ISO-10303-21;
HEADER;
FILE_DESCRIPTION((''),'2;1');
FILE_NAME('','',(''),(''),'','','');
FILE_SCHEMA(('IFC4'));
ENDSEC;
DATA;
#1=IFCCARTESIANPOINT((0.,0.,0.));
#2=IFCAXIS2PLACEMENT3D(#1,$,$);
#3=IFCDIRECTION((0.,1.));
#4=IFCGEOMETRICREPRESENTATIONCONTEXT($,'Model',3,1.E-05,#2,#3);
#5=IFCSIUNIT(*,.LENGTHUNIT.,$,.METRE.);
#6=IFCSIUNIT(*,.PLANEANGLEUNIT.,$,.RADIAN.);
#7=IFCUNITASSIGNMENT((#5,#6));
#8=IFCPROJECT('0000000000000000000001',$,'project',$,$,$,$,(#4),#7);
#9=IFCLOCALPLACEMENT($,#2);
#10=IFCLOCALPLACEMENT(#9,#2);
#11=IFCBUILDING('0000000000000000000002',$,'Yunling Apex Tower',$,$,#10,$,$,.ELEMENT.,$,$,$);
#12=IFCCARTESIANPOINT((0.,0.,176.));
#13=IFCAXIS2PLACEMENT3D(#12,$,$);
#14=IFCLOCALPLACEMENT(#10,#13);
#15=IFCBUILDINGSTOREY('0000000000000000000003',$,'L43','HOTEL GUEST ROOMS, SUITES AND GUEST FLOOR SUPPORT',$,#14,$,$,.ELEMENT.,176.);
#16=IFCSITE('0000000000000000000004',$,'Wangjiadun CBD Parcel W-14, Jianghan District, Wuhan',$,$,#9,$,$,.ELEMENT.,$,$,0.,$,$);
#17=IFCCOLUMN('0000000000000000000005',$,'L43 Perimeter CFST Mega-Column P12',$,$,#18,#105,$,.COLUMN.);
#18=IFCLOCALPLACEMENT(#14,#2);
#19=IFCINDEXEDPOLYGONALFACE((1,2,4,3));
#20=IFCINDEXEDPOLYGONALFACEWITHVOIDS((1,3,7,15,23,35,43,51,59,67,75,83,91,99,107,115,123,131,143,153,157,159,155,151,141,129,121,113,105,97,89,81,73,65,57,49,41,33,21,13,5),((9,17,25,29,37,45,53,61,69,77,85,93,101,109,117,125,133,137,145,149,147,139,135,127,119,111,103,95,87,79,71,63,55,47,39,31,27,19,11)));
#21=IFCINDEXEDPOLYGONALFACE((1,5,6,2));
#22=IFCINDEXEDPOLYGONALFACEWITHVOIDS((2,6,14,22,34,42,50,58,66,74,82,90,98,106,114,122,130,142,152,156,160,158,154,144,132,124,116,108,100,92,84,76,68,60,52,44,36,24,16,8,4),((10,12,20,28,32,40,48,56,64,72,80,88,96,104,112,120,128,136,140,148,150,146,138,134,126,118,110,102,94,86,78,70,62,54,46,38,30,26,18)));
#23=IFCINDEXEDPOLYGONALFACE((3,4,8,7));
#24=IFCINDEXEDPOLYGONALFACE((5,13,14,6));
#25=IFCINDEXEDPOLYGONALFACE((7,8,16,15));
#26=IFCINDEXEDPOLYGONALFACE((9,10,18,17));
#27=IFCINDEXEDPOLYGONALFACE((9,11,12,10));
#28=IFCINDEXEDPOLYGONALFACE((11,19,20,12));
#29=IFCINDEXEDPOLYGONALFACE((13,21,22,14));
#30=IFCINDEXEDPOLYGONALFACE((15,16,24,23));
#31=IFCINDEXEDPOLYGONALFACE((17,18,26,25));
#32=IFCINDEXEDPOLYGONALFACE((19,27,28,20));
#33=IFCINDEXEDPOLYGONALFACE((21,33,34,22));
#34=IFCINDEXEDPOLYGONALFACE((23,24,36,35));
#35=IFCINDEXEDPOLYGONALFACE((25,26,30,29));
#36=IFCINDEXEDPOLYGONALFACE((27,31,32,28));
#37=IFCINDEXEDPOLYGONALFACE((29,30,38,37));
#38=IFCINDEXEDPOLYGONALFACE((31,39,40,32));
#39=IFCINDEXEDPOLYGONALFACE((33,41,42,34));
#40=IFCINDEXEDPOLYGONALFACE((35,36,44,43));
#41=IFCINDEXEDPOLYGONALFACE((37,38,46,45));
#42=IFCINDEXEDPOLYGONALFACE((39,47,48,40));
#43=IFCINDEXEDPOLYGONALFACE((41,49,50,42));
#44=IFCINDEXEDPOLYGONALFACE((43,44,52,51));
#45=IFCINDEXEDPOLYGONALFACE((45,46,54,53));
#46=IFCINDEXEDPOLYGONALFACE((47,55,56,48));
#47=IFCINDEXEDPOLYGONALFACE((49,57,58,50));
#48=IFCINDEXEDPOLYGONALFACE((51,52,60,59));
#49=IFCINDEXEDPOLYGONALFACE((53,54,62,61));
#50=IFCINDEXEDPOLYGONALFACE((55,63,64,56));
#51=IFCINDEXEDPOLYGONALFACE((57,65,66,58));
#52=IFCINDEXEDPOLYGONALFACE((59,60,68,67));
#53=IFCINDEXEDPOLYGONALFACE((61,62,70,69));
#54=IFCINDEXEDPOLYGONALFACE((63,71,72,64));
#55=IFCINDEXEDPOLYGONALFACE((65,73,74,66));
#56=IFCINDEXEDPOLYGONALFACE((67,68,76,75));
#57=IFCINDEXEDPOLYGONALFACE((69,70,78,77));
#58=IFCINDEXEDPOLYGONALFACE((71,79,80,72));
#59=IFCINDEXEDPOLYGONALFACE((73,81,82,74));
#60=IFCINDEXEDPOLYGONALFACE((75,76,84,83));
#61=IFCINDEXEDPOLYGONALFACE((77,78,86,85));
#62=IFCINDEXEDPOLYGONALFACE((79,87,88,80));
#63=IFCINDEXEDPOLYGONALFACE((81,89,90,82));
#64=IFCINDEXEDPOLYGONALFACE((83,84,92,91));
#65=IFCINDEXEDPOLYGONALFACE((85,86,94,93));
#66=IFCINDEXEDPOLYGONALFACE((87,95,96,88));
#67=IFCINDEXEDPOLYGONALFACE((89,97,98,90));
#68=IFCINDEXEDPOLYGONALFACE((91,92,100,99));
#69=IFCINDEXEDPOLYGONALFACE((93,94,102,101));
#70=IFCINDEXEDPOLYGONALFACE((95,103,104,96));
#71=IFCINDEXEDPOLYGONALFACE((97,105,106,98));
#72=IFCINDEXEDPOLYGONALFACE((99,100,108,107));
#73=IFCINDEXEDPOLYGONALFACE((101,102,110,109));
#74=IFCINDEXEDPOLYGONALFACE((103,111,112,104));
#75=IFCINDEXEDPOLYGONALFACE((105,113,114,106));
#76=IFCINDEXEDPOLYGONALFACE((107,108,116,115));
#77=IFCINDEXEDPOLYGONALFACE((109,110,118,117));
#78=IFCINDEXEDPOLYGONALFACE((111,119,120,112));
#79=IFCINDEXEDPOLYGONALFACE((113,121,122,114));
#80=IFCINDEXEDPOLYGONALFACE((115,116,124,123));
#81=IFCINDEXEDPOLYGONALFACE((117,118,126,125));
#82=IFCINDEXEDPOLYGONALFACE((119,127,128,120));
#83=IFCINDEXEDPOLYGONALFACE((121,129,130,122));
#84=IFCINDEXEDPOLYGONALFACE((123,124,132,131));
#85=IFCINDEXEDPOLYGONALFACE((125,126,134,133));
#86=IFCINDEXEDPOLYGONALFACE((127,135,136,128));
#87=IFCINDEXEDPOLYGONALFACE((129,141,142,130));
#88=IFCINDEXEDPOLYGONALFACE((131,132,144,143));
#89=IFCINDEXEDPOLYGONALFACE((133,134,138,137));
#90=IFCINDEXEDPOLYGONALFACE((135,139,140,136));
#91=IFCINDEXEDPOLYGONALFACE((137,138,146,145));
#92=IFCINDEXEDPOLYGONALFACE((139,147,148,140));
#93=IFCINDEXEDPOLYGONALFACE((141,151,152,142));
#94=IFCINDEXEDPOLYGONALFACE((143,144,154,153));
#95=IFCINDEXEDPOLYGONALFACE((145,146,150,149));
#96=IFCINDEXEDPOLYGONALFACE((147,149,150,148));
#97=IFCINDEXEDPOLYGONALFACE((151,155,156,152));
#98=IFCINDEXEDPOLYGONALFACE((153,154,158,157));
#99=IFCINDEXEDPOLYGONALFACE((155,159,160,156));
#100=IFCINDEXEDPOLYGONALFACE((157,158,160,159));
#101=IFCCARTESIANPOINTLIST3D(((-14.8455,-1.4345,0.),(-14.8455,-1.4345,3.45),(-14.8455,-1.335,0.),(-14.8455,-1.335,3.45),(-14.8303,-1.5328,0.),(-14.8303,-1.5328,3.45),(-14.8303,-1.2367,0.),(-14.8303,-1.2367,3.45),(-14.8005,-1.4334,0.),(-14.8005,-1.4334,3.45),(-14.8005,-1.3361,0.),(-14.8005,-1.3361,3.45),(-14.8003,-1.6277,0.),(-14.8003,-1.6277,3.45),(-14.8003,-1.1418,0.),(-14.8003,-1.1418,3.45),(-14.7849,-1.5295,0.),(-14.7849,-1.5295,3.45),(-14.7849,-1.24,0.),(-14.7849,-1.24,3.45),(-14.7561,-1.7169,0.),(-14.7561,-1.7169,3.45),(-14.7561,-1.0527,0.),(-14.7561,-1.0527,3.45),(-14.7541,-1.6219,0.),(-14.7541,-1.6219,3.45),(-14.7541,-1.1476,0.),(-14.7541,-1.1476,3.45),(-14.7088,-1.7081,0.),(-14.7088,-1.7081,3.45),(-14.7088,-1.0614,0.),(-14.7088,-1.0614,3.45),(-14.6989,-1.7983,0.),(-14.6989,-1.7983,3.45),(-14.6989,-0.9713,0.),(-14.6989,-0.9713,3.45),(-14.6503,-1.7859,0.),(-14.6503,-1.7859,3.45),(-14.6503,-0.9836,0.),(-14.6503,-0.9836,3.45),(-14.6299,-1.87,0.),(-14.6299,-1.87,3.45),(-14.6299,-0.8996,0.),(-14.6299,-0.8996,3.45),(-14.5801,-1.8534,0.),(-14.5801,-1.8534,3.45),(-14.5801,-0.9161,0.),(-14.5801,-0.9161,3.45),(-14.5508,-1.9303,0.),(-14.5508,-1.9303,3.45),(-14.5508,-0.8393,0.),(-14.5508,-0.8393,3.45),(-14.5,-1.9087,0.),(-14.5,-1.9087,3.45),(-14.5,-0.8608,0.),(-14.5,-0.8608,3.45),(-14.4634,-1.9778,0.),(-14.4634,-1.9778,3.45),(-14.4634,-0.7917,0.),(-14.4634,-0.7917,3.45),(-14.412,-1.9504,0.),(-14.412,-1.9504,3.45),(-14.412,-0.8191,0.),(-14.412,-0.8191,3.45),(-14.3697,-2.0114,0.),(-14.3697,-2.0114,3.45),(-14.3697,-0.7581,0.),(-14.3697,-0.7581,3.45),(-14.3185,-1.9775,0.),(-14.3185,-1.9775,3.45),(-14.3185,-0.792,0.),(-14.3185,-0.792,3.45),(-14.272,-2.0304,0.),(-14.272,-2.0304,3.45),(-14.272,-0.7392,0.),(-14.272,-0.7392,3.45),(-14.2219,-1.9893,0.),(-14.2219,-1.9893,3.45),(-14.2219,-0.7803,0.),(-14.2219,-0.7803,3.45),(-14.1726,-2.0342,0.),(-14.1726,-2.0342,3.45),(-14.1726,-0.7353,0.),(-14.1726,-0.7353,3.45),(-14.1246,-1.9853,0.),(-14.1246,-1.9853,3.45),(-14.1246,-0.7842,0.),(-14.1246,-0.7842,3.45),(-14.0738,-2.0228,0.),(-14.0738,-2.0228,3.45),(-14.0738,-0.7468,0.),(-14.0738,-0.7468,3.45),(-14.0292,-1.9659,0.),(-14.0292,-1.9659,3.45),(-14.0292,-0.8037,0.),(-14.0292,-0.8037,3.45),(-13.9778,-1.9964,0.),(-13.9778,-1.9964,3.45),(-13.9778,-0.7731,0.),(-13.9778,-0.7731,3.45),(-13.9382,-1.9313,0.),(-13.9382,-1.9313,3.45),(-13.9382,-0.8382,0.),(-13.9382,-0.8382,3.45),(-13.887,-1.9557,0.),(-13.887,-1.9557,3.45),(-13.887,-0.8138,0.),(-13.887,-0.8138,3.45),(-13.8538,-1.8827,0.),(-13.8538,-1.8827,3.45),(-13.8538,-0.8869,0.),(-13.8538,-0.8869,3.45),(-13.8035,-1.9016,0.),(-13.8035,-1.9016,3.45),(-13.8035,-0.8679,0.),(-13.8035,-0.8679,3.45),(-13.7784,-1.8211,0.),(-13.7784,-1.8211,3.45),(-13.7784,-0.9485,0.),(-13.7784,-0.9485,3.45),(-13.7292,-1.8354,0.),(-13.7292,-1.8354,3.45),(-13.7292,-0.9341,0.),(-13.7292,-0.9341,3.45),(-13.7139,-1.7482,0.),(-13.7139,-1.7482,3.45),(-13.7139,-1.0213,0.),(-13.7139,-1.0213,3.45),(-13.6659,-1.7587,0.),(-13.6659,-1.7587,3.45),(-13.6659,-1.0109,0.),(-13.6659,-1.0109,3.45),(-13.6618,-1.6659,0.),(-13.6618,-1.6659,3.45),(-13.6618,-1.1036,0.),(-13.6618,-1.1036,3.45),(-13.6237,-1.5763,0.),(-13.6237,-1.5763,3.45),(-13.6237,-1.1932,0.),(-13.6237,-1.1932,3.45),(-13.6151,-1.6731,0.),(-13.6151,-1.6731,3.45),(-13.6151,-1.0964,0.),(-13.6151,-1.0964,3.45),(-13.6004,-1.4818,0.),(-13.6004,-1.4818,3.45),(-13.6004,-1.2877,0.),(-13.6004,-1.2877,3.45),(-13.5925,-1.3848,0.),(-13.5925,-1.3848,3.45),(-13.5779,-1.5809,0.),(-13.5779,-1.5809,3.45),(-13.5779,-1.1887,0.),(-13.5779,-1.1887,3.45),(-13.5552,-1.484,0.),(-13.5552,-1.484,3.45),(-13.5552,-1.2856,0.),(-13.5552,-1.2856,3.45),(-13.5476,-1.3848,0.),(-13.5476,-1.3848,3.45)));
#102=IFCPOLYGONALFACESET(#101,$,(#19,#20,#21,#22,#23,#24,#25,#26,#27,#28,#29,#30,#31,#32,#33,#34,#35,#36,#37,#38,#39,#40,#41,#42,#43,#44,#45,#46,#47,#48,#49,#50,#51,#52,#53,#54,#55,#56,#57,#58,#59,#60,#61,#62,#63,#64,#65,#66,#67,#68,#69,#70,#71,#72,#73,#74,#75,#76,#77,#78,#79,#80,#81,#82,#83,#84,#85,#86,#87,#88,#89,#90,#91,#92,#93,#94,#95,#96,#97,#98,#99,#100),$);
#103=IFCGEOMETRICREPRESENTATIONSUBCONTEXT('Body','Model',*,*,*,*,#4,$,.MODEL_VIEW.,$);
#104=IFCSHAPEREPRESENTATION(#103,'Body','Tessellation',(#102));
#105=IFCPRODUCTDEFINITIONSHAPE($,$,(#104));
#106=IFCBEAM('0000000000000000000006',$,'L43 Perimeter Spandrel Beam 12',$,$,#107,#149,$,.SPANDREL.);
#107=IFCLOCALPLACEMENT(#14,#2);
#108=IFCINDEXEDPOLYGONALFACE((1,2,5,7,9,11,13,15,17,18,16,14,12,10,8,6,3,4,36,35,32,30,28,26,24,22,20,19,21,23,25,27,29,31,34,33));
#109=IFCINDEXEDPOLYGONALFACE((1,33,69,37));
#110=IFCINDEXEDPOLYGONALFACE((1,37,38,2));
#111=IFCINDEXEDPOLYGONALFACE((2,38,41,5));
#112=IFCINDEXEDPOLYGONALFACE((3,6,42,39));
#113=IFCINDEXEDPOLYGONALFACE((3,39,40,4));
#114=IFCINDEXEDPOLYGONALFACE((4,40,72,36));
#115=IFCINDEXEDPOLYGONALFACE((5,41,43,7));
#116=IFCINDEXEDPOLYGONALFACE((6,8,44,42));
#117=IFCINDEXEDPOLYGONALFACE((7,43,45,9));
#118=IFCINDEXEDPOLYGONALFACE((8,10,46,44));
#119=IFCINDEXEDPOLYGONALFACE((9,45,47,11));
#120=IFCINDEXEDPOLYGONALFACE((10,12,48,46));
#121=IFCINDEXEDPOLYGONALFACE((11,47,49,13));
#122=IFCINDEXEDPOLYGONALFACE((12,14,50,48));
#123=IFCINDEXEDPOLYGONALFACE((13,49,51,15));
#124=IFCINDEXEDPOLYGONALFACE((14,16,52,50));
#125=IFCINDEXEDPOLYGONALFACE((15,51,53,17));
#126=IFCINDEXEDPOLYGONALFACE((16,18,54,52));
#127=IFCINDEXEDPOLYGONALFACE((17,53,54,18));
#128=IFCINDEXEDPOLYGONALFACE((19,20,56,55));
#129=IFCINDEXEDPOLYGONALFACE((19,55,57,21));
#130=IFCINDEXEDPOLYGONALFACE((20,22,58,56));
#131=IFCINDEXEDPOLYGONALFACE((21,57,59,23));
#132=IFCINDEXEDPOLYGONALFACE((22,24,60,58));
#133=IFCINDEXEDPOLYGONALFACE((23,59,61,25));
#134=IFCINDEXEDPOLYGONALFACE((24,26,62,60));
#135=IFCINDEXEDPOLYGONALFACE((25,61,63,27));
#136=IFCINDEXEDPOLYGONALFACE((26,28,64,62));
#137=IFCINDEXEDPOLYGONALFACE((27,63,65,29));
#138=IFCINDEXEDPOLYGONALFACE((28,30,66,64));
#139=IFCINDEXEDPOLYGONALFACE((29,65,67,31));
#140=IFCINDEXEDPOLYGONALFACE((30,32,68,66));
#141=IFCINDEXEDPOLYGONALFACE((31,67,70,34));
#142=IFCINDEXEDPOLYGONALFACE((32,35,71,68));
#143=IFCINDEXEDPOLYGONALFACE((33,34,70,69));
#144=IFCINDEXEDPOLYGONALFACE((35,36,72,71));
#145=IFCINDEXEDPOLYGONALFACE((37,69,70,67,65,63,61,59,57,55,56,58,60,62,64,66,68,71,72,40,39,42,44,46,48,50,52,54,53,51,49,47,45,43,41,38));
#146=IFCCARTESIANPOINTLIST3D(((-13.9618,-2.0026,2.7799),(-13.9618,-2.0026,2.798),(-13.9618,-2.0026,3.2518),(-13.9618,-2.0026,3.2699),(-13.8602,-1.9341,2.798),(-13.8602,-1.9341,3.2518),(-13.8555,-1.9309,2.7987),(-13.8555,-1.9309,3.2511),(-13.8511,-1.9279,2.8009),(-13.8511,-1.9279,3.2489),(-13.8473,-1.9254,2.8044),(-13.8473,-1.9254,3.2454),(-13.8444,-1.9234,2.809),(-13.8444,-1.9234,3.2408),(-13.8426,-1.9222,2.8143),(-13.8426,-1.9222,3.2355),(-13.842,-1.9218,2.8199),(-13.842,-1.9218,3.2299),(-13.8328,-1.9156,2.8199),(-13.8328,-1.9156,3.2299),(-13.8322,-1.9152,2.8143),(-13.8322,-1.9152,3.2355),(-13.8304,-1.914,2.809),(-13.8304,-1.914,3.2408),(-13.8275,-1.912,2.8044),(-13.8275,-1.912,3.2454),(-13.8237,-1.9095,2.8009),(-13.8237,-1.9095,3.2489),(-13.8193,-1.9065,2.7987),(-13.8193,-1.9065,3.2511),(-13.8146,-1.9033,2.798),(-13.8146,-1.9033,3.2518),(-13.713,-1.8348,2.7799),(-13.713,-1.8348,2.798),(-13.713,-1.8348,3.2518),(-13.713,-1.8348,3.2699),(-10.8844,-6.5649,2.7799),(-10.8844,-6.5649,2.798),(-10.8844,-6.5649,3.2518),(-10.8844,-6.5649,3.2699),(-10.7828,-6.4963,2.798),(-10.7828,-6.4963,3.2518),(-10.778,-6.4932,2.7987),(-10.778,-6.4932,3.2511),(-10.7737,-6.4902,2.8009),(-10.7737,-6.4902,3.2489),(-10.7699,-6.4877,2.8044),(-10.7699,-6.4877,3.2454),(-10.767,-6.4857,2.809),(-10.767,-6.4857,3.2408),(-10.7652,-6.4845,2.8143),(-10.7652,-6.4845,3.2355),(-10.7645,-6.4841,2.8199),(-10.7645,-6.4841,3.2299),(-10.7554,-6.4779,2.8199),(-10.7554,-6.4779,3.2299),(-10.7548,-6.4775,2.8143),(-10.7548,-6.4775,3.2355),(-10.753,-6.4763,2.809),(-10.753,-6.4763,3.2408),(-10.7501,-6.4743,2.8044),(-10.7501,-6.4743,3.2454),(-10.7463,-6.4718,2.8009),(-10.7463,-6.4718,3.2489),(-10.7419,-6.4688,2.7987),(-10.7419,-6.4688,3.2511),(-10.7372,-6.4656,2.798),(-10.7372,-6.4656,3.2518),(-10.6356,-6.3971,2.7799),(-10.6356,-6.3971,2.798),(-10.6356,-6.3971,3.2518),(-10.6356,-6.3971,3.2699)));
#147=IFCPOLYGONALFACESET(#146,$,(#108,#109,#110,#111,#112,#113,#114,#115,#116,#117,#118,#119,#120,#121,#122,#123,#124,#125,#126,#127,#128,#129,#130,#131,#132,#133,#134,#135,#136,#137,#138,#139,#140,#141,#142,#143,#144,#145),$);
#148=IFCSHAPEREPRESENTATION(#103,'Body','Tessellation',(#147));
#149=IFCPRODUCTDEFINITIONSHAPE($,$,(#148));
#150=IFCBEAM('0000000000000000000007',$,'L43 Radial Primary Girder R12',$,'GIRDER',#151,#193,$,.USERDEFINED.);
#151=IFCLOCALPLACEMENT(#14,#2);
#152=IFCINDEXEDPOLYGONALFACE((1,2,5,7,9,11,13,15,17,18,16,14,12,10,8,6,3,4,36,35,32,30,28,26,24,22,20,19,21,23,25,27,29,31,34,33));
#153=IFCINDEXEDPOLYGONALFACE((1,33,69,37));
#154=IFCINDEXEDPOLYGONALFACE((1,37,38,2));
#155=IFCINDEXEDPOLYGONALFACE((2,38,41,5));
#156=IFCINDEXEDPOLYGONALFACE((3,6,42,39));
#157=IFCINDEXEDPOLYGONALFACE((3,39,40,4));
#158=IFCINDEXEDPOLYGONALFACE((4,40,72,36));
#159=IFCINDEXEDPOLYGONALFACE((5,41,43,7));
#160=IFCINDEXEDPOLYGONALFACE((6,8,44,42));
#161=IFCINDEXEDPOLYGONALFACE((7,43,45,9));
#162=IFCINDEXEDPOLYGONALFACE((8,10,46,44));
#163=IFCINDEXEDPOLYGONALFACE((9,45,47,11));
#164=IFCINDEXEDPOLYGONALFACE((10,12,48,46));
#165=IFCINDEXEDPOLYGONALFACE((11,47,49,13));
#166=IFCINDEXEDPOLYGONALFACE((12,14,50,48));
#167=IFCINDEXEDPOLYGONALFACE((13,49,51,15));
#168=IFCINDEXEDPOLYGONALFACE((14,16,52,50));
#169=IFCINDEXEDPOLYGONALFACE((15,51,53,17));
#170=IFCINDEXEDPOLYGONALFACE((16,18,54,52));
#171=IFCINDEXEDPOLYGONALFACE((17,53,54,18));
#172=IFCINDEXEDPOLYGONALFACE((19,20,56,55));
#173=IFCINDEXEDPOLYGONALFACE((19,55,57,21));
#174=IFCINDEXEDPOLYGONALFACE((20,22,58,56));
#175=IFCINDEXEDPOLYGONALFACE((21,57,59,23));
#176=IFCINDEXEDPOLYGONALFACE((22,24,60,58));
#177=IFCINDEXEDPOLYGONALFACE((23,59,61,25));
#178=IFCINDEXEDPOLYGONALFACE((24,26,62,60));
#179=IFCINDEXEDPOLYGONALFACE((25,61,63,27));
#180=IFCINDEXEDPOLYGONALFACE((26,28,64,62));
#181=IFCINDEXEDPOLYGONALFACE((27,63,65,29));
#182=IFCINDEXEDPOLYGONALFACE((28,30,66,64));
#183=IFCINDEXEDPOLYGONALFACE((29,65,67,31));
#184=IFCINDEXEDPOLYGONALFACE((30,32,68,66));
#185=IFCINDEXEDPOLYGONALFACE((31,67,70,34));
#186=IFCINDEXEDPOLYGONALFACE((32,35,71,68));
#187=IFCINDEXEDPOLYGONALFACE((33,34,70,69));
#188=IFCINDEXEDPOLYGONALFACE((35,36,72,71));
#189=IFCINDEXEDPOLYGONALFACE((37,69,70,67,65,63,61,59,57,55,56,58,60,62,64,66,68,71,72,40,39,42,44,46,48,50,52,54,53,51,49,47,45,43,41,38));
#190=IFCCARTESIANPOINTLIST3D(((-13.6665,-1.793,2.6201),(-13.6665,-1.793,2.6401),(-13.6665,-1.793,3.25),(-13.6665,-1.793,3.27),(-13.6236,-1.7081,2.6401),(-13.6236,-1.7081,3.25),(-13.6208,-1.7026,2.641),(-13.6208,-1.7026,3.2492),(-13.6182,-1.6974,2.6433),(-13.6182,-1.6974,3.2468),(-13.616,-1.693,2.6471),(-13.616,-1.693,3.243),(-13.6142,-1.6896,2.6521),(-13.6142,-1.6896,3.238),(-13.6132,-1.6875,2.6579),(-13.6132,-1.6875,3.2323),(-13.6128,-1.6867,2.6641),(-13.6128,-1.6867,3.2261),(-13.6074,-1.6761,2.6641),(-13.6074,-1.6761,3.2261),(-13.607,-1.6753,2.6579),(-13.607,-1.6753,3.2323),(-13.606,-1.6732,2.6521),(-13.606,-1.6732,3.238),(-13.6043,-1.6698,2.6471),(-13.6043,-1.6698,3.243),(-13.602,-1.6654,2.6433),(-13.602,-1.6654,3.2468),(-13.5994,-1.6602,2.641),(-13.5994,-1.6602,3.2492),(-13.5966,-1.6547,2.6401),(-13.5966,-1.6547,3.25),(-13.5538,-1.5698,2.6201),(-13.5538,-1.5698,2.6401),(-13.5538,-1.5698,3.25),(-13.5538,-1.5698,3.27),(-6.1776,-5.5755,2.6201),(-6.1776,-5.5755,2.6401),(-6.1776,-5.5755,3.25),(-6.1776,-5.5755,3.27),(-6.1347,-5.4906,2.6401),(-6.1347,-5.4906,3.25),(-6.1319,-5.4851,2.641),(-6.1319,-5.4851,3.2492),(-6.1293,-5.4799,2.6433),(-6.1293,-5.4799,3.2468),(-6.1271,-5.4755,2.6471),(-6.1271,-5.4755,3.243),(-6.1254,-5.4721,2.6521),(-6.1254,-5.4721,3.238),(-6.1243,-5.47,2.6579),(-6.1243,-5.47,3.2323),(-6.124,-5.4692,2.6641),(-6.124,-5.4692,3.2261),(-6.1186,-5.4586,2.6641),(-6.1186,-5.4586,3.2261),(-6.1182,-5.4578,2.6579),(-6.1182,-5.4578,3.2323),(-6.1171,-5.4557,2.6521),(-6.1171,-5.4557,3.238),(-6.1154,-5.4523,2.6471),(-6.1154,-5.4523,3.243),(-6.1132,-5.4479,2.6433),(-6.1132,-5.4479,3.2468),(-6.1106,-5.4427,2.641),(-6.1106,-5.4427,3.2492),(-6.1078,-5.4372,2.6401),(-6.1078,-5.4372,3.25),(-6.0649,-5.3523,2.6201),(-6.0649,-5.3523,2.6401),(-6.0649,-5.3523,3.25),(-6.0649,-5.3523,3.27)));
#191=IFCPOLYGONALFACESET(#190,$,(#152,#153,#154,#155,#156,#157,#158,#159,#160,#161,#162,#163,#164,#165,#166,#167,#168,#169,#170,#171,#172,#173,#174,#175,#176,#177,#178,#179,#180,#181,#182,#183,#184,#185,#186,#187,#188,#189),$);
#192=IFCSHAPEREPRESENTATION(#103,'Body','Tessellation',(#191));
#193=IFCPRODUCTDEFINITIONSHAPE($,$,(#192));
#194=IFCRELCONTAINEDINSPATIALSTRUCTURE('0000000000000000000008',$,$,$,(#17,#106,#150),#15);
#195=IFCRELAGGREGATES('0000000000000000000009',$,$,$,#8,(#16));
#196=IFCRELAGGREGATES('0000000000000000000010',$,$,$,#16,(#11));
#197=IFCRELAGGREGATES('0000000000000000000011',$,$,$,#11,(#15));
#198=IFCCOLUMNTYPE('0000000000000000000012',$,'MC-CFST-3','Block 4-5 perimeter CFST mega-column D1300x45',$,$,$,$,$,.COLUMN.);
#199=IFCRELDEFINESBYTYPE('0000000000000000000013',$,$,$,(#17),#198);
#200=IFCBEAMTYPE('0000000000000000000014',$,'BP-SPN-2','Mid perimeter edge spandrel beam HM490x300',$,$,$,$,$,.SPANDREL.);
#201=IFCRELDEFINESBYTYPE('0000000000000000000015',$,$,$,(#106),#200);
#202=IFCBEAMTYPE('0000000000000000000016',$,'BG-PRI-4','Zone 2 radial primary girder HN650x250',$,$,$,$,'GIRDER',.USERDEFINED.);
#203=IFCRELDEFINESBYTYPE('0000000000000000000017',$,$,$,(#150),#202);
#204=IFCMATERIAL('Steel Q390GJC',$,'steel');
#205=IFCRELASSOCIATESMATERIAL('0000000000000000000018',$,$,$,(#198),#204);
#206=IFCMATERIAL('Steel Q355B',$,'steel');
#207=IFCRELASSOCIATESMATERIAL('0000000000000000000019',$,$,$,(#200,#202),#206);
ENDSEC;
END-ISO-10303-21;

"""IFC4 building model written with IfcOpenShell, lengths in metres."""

from ifc_helpers import new_model, si_unit, direction, frame, origin, origin_2d, place, context, subcontext, project, spatial, hollow_circle, i_section, extrude, source, transform, mapped, material, material_profile, profile_set, type_object, element, save


model = new_model("IFC4")

# Units and contexts
model_context = context("Model", 3, precision=1e-05, world=origin(), true_north=direction((0.0, 1.0)))
body_context = subcontext(model_context, "Body", "Model", "MODEL_VIEW")
ifc_project = project(units=[si_unit("LENGTHUNIT", "METRE"), si_unit("PLANEANGLEUNIT", "RADIAN")], contexts=[model_context])

# Site, building, storey
site_placement = place(None, origin())
site = spatial("IfcSite", under=ifc_project, at=site_placement, Name="Wangjiadun CBD Parcel W-14, Jianghan District, Wuhan", CompositionType="ELEMENT", RefElevation=0.0)
building_placement = place(site_placement, origin())
building = spatial("IfcBuilding", under=site, at=building_placement, Name="Yunling Apex Tower", CompositionType="ELEMENT")
storey_placement = place(building_placement, frame((0.0, 0.0, 176.0)))
storey = spatial("IfcBuildingStorey", under=building, at=storey_placement, Name="L43", Description="HOTEL GUEST ROOMS, SUITES AND GUEST FLOOR SUPPORT", CompositionType="ELEMENT", Elevation=176.0)

# Column
ifc_material_1 = material(Name="Steel Q390GJC", Category="steel")
ifc_material_profile_1 = material_profile(ifc_material_1, hollow_circle(Radius=0.6499, WallThickness=0.0449, at=origin_2d()))
ifc_profile_set_1 = profile_set([ifc_material_profile_1], Name="Steel Q390GJC")
column_type = type_object("IfcColumnType", Name="MC-CFST-3", Description="Block 4-5 perimeter CFST mega-column D1300x45", PredefinedType="COLUMN", material=ifc_profile_set_1)
shared_shape_1 = source(origin(), body_context, "Body", "SweptSolid", [
    extrude(hollow_circle(Radius=0.6499, WallThickness=0.0449, at=origin_2d()), origin(), (0.0, 0.0, 1.0), 3.45),
])
column_placement = place(storey_placement, frame((-14.1975, -1.3848, 0.0), z_axis=(0.0, 0.0, 1.0), x_axis=(1.0, 0.0, 0.0)))
element("IfcColumn", 1, at=column_placement, inside=storey, type_object=column_type, Name="L43 Perimeter CFST Mega-Column P12", PredefinedType="COLUMN", context=body_context, shape_type="MappedRepresentation", body=[
    mapped(shared_shape_1, transform((0.0, 0.0, 0.0), scale=1.0)),
])

# Beams
ifc_material_2 = material(Name="Steel Q355B", Category="steel")
ifc_material_profile_2 = material_profile(ifc_material_2, i_section(OverallWidth=0.3, OverallDepth=0.49, WebThickness=0.011, FlangeThickness=0.0181, FilletRadius=0.022, at=origin_2d()))
ifc_profile_set_2 = profile_set([ifc_material_profile_2], Name="Steel Q355B")
beam_type_1 = type_object("IfcBeamType", Name="BP-SPN-2", Description="Mid perimeter edge spandrel beam HM490x300", PredefinedType="SPANDREL", material=ifc_profile_set_2)
shared_shape_2 = source(origin(), body_context, "Body", "SweptSolid", [
    extrude(i_section(OverallWidth=0.3, OverallDepth=0.49, WebThickness=0.011, FlangeThickness=0.0181, FilletRadius=0.022, at=origin_2d()), origin(), (0.0, 0.0, 1.0), 5.5032),
])
beam_1_placement = place(storey_placement, frame((-13.8374, -1.9187, 3.0249), z_axis=(0.559207, -0.829028, 0.0), x_axis=(0.829028, 0.559207, 0.0)))
element("IfcBeam", 2, at=beam_1_placement, inside=storey, type_object=beam_type_1, Name="L43 Perimeter Spandrel Beam 12", PredefinedType="SPANDREL", context=body_context, shape_type="MappedRepresentation", body=[
    mapped(shared_shape_2, transform((0.0, 0.0, 0.0), scale=1.0)),
])
ifc_material_profile_3 = material_profile(ifc_material_2, i_section(OverallWidth=0.25, OverallDepth=0.6499, WebThickness=0.012, FlangeThickness=0.02, FilletRadius=0.0239, at=origin_2d()))
ifc_profile_set_3 = profile_set([ifc_material_profile_3], Name="Steel Q355B")
beam_type_2 = type_object("IfcBeamType", Name="BG-PRI-4", Description="Zone 2 radial primary girder HN650x250", ElementType="GIRDER", PredefinedType="USERDEFINED", material=ifc_profile_set_3)
shared_shape_3 = source(origin(), body_context, "Body", "SweptSolid", [
    extrude(i_section(OverallWidth=0.25, OverallDepth=0.6499, WebThickness=0.012, FlangeThickness=0.02, FilletRadius=0.0239, at=origin_2d()), origin(), (0.0, 0.0, 1.0), 8.3899),
])
beam_2_placement = place(storey_placement, frame((-13.6101, -1.6814, 2.9451), z_axis=(0.892604, -0.450842, 0.0), x_axis=(0.450842, 0.892604, 0.0)))
element("IfcBeam", 3, at=beam_2_placement, inside=storey, type_object=beam_type_2, Name="L43 Radial Primary Girder R12", ObjectType="GIRDER", PredefinedType="USERDEFINED", context=body_context, shape_type="MappedRepresentation", body=[
    mapped(shared_shape_3, transform((0.0, 0.0, 0.0), scale=1.0)),
])

save(model, "model.ifc")
